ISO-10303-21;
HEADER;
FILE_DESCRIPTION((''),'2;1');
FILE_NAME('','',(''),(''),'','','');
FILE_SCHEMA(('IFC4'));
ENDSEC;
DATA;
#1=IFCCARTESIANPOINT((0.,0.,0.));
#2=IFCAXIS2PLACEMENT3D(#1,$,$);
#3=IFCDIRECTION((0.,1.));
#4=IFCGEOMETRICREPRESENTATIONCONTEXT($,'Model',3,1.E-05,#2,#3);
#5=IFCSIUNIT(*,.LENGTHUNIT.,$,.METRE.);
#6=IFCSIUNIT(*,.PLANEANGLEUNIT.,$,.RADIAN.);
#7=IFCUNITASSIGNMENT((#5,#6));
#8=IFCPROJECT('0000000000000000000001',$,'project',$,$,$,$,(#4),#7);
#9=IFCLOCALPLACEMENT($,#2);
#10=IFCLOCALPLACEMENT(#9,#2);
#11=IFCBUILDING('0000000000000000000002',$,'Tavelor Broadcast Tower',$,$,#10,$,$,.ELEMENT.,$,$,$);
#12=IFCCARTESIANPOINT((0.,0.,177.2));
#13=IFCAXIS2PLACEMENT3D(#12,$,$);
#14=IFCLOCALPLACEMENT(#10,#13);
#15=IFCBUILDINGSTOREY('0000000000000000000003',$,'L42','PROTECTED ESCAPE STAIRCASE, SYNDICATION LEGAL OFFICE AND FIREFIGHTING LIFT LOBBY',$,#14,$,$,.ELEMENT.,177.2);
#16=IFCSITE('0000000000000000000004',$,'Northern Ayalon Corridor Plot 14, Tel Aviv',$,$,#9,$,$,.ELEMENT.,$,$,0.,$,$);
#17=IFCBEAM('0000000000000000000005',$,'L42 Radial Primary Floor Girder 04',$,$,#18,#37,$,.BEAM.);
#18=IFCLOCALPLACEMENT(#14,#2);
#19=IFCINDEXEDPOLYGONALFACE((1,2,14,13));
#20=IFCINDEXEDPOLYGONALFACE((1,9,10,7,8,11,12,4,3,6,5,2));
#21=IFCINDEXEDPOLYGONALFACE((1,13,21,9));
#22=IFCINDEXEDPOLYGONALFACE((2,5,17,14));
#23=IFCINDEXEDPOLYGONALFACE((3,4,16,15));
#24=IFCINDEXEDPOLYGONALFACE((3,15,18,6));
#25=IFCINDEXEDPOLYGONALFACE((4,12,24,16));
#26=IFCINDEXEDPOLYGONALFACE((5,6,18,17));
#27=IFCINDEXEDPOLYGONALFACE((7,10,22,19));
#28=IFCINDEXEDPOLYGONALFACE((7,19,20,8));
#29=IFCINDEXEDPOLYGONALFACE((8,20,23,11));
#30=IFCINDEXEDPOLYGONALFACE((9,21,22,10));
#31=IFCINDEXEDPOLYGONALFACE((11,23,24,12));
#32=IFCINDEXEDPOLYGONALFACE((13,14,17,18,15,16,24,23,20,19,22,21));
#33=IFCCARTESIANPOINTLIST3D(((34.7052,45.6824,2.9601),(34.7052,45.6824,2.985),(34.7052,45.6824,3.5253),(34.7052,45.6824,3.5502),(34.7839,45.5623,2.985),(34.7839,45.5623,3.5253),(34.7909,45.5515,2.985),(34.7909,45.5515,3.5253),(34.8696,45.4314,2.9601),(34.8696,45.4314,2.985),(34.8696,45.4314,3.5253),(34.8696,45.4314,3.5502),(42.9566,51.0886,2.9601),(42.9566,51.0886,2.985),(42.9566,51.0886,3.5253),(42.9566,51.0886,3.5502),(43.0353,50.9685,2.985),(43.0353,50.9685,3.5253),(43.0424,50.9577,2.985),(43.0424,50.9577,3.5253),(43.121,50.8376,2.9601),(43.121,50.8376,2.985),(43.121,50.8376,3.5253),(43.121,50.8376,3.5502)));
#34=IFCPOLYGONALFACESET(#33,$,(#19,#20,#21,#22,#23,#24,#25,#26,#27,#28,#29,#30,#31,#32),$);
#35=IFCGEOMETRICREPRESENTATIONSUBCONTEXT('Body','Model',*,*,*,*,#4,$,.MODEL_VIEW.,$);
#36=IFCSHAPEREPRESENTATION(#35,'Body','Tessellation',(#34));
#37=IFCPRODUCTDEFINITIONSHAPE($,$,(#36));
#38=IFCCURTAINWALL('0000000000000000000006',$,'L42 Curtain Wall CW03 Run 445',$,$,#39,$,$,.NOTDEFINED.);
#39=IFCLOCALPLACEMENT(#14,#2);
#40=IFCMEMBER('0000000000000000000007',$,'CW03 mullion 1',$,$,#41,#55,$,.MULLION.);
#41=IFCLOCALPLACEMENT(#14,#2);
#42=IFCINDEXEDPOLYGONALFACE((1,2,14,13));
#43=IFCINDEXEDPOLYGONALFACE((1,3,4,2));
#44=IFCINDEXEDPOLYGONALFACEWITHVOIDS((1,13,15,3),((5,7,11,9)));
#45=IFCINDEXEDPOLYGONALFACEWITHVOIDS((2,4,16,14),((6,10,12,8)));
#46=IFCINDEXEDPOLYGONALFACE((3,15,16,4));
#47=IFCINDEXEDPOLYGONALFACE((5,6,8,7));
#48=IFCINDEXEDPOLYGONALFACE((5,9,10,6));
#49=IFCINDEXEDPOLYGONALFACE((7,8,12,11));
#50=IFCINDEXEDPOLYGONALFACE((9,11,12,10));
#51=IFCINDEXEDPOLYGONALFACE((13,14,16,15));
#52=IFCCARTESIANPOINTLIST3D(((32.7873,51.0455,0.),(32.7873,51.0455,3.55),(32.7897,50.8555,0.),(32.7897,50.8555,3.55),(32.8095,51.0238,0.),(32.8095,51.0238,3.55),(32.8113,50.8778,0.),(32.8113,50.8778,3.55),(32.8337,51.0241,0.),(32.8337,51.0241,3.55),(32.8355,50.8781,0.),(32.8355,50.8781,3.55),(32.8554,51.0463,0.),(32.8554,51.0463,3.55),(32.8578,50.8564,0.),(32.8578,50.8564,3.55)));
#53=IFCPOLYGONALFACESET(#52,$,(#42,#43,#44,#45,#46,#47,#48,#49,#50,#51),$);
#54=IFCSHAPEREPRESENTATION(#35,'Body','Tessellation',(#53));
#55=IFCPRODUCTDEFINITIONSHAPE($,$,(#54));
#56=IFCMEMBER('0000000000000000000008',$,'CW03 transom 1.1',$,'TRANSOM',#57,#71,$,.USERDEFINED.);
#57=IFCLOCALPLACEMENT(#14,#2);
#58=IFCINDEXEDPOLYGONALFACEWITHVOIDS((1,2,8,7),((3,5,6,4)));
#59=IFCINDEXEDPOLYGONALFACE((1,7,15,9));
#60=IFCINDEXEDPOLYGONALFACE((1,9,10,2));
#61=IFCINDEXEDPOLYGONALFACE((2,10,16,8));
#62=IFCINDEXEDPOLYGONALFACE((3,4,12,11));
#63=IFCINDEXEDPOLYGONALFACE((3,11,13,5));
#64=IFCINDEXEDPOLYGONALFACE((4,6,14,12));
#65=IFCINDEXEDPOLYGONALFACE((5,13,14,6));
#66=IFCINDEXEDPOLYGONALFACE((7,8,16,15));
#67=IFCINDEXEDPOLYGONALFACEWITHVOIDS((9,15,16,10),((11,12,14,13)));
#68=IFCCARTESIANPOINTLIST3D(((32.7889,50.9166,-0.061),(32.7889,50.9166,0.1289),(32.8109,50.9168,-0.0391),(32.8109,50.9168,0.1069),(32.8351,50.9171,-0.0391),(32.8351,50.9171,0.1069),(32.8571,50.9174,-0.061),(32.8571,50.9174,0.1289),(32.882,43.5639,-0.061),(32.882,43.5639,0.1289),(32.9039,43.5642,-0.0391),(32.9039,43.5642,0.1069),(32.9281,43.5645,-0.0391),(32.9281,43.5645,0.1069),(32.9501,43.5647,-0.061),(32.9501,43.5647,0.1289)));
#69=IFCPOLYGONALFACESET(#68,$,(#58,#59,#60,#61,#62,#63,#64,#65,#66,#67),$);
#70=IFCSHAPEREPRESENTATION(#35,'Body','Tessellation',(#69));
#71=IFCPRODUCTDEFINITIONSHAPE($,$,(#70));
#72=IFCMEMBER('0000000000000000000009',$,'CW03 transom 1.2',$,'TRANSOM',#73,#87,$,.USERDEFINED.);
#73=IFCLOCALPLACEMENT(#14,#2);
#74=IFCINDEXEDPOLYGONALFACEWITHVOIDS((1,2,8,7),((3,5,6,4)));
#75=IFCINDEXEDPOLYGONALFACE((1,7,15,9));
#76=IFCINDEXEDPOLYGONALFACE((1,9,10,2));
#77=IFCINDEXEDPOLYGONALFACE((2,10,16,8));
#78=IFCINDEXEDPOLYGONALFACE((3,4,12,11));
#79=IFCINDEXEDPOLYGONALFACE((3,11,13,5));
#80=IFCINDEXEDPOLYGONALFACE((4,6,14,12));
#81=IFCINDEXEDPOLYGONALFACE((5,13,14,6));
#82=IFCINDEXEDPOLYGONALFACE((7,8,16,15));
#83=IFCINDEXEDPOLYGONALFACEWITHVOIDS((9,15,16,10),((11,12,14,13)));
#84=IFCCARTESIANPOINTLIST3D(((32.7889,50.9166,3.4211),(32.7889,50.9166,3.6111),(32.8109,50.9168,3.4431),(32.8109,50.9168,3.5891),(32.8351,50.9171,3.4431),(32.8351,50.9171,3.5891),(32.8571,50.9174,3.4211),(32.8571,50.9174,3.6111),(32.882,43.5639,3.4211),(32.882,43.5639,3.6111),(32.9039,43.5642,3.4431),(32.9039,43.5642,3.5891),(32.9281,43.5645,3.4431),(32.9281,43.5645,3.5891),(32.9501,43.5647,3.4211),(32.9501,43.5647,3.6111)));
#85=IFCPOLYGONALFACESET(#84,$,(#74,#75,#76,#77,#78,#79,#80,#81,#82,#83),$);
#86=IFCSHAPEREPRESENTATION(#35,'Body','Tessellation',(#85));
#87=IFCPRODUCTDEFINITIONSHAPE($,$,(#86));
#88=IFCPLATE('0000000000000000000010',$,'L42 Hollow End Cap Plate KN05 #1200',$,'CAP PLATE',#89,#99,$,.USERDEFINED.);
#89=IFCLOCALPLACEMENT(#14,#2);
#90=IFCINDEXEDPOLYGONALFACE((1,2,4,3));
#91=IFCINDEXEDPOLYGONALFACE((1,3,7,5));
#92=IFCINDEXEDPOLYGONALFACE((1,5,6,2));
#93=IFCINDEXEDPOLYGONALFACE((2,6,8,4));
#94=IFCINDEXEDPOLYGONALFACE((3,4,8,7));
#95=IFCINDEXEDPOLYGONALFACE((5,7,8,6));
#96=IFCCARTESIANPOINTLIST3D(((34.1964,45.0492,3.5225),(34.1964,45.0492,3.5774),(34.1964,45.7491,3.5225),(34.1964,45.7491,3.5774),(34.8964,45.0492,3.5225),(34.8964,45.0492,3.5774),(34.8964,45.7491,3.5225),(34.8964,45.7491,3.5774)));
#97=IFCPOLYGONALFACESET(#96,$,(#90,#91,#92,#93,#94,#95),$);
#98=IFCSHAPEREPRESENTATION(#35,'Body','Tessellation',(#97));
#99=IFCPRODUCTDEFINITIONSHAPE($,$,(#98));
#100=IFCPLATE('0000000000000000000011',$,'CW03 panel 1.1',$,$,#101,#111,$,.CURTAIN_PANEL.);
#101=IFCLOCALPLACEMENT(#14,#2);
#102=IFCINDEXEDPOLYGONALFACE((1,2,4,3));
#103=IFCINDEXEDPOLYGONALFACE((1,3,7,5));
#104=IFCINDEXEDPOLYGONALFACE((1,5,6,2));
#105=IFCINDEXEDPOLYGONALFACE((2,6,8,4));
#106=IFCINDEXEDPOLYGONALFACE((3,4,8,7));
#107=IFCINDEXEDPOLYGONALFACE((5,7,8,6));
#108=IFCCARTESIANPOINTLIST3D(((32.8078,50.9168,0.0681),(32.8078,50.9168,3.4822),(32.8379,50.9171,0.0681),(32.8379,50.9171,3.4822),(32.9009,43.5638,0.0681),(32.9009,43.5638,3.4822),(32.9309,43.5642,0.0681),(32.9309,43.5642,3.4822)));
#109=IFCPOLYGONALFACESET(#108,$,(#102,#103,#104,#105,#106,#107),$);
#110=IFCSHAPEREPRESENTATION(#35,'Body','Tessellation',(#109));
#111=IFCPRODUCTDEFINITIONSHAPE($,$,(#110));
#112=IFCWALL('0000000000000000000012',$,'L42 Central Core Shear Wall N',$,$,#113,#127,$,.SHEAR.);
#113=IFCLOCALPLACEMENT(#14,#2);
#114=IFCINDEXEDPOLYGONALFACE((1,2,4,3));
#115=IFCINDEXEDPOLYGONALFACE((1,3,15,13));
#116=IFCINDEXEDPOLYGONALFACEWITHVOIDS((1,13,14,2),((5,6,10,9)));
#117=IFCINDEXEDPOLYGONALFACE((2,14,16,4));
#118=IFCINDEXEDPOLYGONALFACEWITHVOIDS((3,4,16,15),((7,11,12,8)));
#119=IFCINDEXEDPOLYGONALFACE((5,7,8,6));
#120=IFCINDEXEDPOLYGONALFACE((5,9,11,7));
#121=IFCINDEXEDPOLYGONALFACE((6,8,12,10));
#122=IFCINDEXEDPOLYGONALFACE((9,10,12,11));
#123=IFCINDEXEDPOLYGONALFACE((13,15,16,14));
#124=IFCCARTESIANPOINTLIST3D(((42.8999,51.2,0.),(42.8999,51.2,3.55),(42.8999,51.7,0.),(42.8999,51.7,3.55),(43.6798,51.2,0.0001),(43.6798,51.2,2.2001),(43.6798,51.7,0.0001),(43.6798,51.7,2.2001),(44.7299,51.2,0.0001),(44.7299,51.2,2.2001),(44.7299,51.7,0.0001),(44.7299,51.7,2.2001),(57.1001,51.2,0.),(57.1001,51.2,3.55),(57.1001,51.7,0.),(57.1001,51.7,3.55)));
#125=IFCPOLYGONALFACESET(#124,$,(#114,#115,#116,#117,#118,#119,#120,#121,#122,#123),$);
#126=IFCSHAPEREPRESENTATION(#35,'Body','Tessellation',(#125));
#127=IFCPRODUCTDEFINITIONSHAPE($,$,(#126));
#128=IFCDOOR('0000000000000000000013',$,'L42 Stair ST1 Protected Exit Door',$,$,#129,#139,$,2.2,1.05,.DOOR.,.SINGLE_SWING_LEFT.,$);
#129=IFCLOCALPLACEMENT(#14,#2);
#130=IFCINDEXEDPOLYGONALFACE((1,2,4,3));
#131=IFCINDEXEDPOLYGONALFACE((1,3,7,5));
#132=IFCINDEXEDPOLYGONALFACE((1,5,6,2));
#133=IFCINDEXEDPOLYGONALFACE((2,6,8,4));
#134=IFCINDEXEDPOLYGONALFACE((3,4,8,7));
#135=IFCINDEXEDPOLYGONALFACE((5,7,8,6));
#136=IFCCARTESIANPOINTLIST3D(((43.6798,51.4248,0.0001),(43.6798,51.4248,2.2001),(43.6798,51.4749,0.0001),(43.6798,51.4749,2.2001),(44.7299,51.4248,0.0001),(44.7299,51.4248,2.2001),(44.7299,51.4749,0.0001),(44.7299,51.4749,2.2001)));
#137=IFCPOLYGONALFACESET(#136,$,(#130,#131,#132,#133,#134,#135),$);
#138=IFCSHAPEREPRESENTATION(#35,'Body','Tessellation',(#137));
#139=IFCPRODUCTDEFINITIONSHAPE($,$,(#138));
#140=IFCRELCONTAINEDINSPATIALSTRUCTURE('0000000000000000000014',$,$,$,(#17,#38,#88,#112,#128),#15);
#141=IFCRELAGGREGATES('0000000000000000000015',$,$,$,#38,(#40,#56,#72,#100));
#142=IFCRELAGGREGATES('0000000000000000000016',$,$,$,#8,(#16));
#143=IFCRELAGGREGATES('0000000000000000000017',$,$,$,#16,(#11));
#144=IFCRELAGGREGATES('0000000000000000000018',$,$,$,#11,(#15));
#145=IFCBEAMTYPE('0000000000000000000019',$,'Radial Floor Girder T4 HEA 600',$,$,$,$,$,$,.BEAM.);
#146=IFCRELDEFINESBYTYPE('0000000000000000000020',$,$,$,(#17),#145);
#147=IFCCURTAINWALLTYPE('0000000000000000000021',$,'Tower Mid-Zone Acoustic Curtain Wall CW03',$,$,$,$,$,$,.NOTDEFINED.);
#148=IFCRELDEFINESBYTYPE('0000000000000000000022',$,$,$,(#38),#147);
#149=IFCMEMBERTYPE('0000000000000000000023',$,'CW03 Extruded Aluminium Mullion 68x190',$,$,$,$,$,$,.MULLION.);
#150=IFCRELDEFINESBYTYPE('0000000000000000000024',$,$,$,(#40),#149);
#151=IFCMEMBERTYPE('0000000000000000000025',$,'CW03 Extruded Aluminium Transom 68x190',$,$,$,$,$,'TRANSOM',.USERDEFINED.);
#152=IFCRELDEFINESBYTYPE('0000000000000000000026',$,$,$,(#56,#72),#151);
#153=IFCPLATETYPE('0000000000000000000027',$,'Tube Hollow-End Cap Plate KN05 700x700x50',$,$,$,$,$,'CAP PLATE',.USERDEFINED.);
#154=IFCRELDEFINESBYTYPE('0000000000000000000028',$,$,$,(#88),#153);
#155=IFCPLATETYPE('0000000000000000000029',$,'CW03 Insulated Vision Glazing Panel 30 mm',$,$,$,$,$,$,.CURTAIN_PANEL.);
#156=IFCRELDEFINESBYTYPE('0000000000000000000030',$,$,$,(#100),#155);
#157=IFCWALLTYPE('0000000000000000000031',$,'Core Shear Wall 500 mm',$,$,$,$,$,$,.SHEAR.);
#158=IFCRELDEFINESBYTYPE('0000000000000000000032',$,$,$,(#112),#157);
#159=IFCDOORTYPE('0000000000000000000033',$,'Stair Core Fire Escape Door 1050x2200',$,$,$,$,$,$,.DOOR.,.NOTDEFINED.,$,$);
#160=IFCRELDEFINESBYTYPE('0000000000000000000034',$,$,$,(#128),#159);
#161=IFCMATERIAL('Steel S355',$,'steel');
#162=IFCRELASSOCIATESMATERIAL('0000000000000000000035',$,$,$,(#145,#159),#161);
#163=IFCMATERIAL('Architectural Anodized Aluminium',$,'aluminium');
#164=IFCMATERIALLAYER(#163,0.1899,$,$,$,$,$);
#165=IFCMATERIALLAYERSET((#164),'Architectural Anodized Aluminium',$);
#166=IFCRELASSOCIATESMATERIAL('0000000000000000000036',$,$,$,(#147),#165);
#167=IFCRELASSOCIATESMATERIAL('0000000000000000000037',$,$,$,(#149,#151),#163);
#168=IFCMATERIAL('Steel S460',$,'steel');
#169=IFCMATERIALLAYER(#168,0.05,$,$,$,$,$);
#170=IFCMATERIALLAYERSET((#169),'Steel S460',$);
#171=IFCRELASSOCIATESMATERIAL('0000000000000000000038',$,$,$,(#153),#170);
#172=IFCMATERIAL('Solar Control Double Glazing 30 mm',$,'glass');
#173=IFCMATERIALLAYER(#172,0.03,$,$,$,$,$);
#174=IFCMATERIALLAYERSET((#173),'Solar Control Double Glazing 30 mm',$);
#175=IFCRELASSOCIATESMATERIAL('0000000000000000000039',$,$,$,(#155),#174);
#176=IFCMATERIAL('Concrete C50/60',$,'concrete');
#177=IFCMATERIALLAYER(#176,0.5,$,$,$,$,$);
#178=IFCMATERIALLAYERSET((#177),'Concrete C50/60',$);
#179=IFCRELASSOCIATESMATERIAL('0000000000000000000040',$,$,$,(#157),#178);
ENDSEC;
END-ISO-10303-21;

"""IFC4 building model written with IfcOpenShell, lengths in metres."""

from ifc_helpers import new_model, si_unit, direction, frame, frame_2d, origin, origin_2d, place, context, subcontext, project, spatial, rectangle, hollow_rectangle, i_section, extrude, source, transform, mapped, material, layer, layer_set, material_profile, profile_set, type_object, type_shapes, element, fill, aggregate, save


model = new_model("IFC4")

# Units and contexts
model_context = context("Model", 3, precision=1e-05, world=origin(), true_north=direction((0.0, 1.0)))
body_context = subcontext(model_context, "Body", "Model", "MODEL_VIEW")
ifc_project = project(units=[si_unit("LENGTHUNIT", "METRE"), si_unit("PLANEANGLEUNIT", "RADIAN")], contexts=[model_context])

# Site, building, storey
site_placement = place(None, origin())
site = spatial("IfcSite", under=ifc_project, at=site_placement, Name="Northern Ayalon Corridor Plot 14, Tel Aviv", CompositionType="ELEMENT", RefElevation=0.0)
building_placement = place(site_placement, origin())
building = spatial("IfcBuilding", under=site, at=building_placement, Name="Tavelor Broadcast Tower", CompositionType="ELEMENT")
storey_placement = place(building_placement, frame((0.0, 0.0, 177.2)))
storey = spatial("IfcBuildingStorey", under=building, at=storey_placement, Name="L42", Description="PROTECTED ESCAPE STAIRCASE, SYNDICATION LEGAL OFFICE AND FIREFIGHTING LIFT LOBBY", CompositionType="ELEMENT", Elevation=177.2)

# Shared definitions
ifc_material_1 = material(Name="Concrete C50/60", Category="concrete")
ifc_material_2 = material(Name="Steel S460", Category="steel")

# Beam
ifc_material_3 = material(Name="Steel S355", Category="steel")
ifc_material_profile_1 = material_profile(ifc_material_3, i_section(OverallWidth=0.3, OverallDepth=0.5901, WebThickness=0.0129, FlangeThickness=0.0249, at=origin_2d()), Name="HEA 600")
ifc_profile_set_1 = profile_set([ifc_material_profile_1], Name="Steel S355")
beam_type_1 = type_object("IfcBeamType", Name="Radial Floor Girder T4 HEA 600", PredefinedType="BEAM", material=ifc_profile_set_1)
beam_1_placement = place(storey_placement, frame((43.0388, 50.9631, 3.2551), z_axis=(-0.836456, -0.548035, 0.0), x_axis=(0.548035, -0.836456, 0.0)))
element("IfcBeam", 1, at=beam_1_placement, inside=storey, type_object=beam_type_1, Name="L42 Radial Primary Floor Girder 04", PredefinedType="BEAM", context=body_context, shape_type="SweptSolid", body=[
    extrude(i_section(OverallWidth=0.3, OverallDepth=0.5901, WebThickness=0.0129, FlangeThickness=0.0249, at=origin_2d()), origin(), (0.0, 0.0, 1.0), 9.8647),
])

# Curtain wall, members
ifc_material_4 = material(Name="Architectural Anodized Aluminium", Category="aluminium")
ifc_layer_1 = layer(ifc_material_4, 0.1899)
ifc_layer_set_1 = layer_set([ifc_layer_1], Name="Architectural Anodized Aluminium")
curtain_wall_type = type_object("IfcCurtainWallType", Name="Tower Mid-Zone Acoustic Curtain Wall CW03", PredefinedType="NOTDEFINED", material=ifc_layer_set_1)
curtain_wall_placement = place(storey_placement, origin())
curtain_wall = element("IfcCurtainWall", 2, at=curtain_wall_placement, inside=storey, type_object=curtain_wall_type, Name="L42 Curtain Wall CW03 Run 445", PredefinedType="NOTDEFINED")
ifc_material_profile_2 = material_profile(ifc_material_4, hollow_rectangle(XDim=0.0681, YDim=0.1899, WallThickness=0.022, at=origin_2d()), Name="RHS 68x190x22")
ifc_profile_set_2 = profile_set([ifc_material_profile_2], Name="Architectural Anodized Aluminium")
member_type_1 = type_object("IfcMemberType", Name="CW03 Extruded Aluminium Mullion 68x190", PredefinedType="MULLION", material=ifc_profile_set_2)
shared_shape_1 = source(origin(), body_context, "Body", "SweptSolid", [
    extrude(hollow_rectangle(XDim=0.0681, YDim=0.1899, WallThickness=0.022, at=origin_2d()), origin(), (0.0, 0.0, 1.0), 3.55),
])
type_shapes(member_type_1, [shared_shape_1])
member_1_placement = place(storey_placement, frame((32.8225, 50.9509, 0.0), z_axis=(0.0, 0.0, 1.0), x_axis=(0.99992, 0.012658, 0.0)))
member_1 = element("IfcMember", 3, at=member_1_placement, type_object=member_type_1, Name="CW03 mullion 1", PredefinedType="MULLION", context=body_context, shape_type="MappedRepresentation", body=[
    mapped(shared_shape_1, transform((0.0, 0.0, 0.0), scale=1.0)),
])
ifc_material_profile_3 = material_profile(ifc_material_4, hollow_rectangle(XDim=0.0681, YDim=0.1899, WallThickness=0.022, at=origin_2d()), Name="RHS 68x190x22")
ifc_profile_set_3 = profile_set([ifc_material_profile_3], Name="Architectural Anodized Aluminium")
member_type_2 = type_object("IfcMemberType", Name="CW03 Extruded Aluminium Transom 68x190", ElementType="TRANSOM", PredefinedType="USERDEFINED", material=ifc_profile_set_3)
shared_shape_2 = source(origin(), body_context, "Body", "SweptSolid", [
    extrude(hollow_rectangle(XDim=0.0681, YDim=0.1899, WallThickness=0.022, at=origin_2d()), origin(), (0.0, 0.0, 1.0), 7.3533),
])
type_shapes(member_type_2, [shared_shape_2])
member_2_placement = place(storey_placement, frame((32.823, 50.917, 0.0339), z_axis=(0.01265, -0.99992, 0.0), x_axis=(0.99992, 0.01265, 0.0)))
member_2 = element("IfcMember", 4, at=member_2_placement, type_object=member_type_2, Name="CW03 transom 1.1", ObjectType="TRANSOM", PredefinedType="USERDEFINED", context=body_context, shape_type="MappedRepresentation", body=[
    mapped(shared_shape_2, transform((0.0, 0.0, 0.0), scale=1.0)),
])
member_3_placement = place(storey_placement, frame((32.823, 50.917, 3.5161), z_axis=(0.01265, -0.99992, 0.0), x_axis=(0.99992, 0.01265, 0.0)))
member_3 = element("IfcMember", 5, at=member_3_placement, type_object=member_type_2, Name="CW03 transom 1.2", ObjectType="TRANSOM", PredefinedType="USERDEFINED", context=body_context, shape_type="MappedRepresentation", body=[
    mapped(shared_shape_2, transform((0.0, 0.0, 0.0), scale=1.0)),
])

# Plates
ifc_layer_2 = layer(ifc_material_2, 0.05)
ifc_layer_set_2 = layer_set([ifc_layer_2], Name="Steel S460")
plate_type_1 = type_object("IfcPlateType", Name="Tube Hollow-End Cap Plate KN05 700x700x50", ElementType="CAP PLATE", PredefinedType="USERDEFINED", material=ifc_layer_set_2)
shared_shape_3 = source(origin(), body_context, "Body", "SweptSolid", [
    extrude(rectangle(XDim=0.7, YDim=0.7, at=origin_2d()), origin(), (0.0, 0.0, 1.0), 0.0549),
])
type_shapes(plate_type_1, [shared_shape_3])
plate_1_placement = place(storey_placement, frame((34.5464, 45.3992, 3.5225), z_axis=(0.0, 0.0, 1.0), x_axis=(1.0, 0.0, 0.0)))
element("IfcPlate", 6, at=plate_1_placement, inside=storey, type_object=plate_type_1, Name="L42 Hollow End Cap Plate KN05 #1200", ObjectType="CAP PLATE", PredefinedType="USERDEFINED", context=body_context, shape_type="MappedRepresentation", body=[
    mapped(shared_shape_3, transform((0.0, 0.0, 0.0), scale=1.0)),
])
ifc_material_5 = material(Name="Solar Control Double Glazing 30 mm", Category="glass")
ifc_layer_3 = layer(ifc_material_5, 0.03)
ifc_layer_set_3 = layer_set([ifc_layer_3], Name="Solar Control Double Glazing 30 mm")
plate_type_2 = type_object("IfcPlateType", Name="CW03 Insulated Vision Glazing Panel 30 mm", PredefinedType="CURTAIN_PANEL", material=ifc_layer_set_3)
shared_shape_4 = source(origin(), body_context, "Body", "SweptSolid", [
    extrude(rectangle(XDim=7.3535, YDim=0.03, at=origin_2d()), origin(), (0.0, 0.0, 1.0), 3.4141),
])
type_shapes(plate_type_2, [shared_shape_4])
plate_2_placement = place(storey_placement, frame((32.8694, 47.2405, 0.0681), z_axis=(0.0, 0.0, 1.0), x_axis=(0.012658, -0.99992, 0.0)))
plate_2 = element("IfcPlate", 7, at=plate_2_placement, type_object=plate_type_2, Name="CW03 panel 1.1", PredefinedType="CURTAIN_PANEL", context=body_context, shape_type="MappedRepresentation", body=[
    mapped(shared_shape_4, transform((0.0, 0.0, 0.0), scale=1.0)),
])
aggregate(curtain_wall, [member_1, member_2, member_3, plate_2])

# Wall, opening, door
ifc_layer_4 = layer(ifc_material_1, 0.5)
ifc_layer_set_4 = layer_set([ifc_layer_4], Name="Concrete C50/60")
wall_type_1 = type_object("IfcWallType", Name="Core Shear Wall 500 mm", PredefinedType="SHEAR", material=ifc_layer_set_4)
wall_1_placement = place(storey_placement, frame((42.8999, 51.45, 0.0), z_axis=(0.0, 0.0, 1.0), x_axis=(1.0, 0.0, 0.0)))
wall_1 = element("IfcWall", 8, at=wall_1_placement, inside=storey, type_object=wall_type_1, Name="L42 Central Core Shear Wall N", PredefinedType="SHEAR", context=body_context, shape_type="SweptSolid", body=[
    extrude(rectangle(XDim=14.2002, YDim=0.5, at=frame_2d((7.1001, 0.0))), origin(), (0.0, 0.0, 1.0), 3.55),
])
opening_1_placement = place(wall_1_placement, frame((0.78, 0.0, 0.0)))
opening_1 = element("IfcOpeningElement", 9, at=opening_1_placement, cuts=wall_1, PredefinedType="OPENING", context=body_context, shape_type="SweptSolid", body=[
    extrude(rectangle(XDim=1.05, YDim=2.2, at=frame_2d((0.5249, 1.1001))), frame((0.0, 0.26, 0.0), z_axis=(0.0, -1.0, 0.0), x_axis=(1.0, 0.0, 0.0)), (0.0, 0.0, 1.0), 0.52),
])
door_type_1 = type_object("IfcDoorType", Name="Stair Core Fire Escape Door 1050x2200", OperationType="NOTDEFINED", PredefinedType="DOOR", material=ifc_material_3)
door_1_placement = place(opening_1_placement, origin())
door_1 = element("IfcDoor", 10, at=door_1_placement, inside=storey, type_object=door_type_1, Name="L42 Stair ST1 Protected Exit Door", OperationType="SINGLE_SWING_LEFT", OverallHeight=2.2, OverallWidth=1.05, PredefinedType="DOOR", context=body_context, shape_type="SweptSolid", body=[
    extrude(rectangle(XDim=1.05, YDim=2.2, at=frame_2d((0.5249, 1.1001))), frame((0.0, 0.0249, 0.0), z_axis=(0.0, -1.0, 0.0), x_axis=(1.0, 0.0, 0.0)), (0.0, 0.0, 1.0), 0.05),
])
fill(opening_1, door_1)

save(model, "model.ifc")
